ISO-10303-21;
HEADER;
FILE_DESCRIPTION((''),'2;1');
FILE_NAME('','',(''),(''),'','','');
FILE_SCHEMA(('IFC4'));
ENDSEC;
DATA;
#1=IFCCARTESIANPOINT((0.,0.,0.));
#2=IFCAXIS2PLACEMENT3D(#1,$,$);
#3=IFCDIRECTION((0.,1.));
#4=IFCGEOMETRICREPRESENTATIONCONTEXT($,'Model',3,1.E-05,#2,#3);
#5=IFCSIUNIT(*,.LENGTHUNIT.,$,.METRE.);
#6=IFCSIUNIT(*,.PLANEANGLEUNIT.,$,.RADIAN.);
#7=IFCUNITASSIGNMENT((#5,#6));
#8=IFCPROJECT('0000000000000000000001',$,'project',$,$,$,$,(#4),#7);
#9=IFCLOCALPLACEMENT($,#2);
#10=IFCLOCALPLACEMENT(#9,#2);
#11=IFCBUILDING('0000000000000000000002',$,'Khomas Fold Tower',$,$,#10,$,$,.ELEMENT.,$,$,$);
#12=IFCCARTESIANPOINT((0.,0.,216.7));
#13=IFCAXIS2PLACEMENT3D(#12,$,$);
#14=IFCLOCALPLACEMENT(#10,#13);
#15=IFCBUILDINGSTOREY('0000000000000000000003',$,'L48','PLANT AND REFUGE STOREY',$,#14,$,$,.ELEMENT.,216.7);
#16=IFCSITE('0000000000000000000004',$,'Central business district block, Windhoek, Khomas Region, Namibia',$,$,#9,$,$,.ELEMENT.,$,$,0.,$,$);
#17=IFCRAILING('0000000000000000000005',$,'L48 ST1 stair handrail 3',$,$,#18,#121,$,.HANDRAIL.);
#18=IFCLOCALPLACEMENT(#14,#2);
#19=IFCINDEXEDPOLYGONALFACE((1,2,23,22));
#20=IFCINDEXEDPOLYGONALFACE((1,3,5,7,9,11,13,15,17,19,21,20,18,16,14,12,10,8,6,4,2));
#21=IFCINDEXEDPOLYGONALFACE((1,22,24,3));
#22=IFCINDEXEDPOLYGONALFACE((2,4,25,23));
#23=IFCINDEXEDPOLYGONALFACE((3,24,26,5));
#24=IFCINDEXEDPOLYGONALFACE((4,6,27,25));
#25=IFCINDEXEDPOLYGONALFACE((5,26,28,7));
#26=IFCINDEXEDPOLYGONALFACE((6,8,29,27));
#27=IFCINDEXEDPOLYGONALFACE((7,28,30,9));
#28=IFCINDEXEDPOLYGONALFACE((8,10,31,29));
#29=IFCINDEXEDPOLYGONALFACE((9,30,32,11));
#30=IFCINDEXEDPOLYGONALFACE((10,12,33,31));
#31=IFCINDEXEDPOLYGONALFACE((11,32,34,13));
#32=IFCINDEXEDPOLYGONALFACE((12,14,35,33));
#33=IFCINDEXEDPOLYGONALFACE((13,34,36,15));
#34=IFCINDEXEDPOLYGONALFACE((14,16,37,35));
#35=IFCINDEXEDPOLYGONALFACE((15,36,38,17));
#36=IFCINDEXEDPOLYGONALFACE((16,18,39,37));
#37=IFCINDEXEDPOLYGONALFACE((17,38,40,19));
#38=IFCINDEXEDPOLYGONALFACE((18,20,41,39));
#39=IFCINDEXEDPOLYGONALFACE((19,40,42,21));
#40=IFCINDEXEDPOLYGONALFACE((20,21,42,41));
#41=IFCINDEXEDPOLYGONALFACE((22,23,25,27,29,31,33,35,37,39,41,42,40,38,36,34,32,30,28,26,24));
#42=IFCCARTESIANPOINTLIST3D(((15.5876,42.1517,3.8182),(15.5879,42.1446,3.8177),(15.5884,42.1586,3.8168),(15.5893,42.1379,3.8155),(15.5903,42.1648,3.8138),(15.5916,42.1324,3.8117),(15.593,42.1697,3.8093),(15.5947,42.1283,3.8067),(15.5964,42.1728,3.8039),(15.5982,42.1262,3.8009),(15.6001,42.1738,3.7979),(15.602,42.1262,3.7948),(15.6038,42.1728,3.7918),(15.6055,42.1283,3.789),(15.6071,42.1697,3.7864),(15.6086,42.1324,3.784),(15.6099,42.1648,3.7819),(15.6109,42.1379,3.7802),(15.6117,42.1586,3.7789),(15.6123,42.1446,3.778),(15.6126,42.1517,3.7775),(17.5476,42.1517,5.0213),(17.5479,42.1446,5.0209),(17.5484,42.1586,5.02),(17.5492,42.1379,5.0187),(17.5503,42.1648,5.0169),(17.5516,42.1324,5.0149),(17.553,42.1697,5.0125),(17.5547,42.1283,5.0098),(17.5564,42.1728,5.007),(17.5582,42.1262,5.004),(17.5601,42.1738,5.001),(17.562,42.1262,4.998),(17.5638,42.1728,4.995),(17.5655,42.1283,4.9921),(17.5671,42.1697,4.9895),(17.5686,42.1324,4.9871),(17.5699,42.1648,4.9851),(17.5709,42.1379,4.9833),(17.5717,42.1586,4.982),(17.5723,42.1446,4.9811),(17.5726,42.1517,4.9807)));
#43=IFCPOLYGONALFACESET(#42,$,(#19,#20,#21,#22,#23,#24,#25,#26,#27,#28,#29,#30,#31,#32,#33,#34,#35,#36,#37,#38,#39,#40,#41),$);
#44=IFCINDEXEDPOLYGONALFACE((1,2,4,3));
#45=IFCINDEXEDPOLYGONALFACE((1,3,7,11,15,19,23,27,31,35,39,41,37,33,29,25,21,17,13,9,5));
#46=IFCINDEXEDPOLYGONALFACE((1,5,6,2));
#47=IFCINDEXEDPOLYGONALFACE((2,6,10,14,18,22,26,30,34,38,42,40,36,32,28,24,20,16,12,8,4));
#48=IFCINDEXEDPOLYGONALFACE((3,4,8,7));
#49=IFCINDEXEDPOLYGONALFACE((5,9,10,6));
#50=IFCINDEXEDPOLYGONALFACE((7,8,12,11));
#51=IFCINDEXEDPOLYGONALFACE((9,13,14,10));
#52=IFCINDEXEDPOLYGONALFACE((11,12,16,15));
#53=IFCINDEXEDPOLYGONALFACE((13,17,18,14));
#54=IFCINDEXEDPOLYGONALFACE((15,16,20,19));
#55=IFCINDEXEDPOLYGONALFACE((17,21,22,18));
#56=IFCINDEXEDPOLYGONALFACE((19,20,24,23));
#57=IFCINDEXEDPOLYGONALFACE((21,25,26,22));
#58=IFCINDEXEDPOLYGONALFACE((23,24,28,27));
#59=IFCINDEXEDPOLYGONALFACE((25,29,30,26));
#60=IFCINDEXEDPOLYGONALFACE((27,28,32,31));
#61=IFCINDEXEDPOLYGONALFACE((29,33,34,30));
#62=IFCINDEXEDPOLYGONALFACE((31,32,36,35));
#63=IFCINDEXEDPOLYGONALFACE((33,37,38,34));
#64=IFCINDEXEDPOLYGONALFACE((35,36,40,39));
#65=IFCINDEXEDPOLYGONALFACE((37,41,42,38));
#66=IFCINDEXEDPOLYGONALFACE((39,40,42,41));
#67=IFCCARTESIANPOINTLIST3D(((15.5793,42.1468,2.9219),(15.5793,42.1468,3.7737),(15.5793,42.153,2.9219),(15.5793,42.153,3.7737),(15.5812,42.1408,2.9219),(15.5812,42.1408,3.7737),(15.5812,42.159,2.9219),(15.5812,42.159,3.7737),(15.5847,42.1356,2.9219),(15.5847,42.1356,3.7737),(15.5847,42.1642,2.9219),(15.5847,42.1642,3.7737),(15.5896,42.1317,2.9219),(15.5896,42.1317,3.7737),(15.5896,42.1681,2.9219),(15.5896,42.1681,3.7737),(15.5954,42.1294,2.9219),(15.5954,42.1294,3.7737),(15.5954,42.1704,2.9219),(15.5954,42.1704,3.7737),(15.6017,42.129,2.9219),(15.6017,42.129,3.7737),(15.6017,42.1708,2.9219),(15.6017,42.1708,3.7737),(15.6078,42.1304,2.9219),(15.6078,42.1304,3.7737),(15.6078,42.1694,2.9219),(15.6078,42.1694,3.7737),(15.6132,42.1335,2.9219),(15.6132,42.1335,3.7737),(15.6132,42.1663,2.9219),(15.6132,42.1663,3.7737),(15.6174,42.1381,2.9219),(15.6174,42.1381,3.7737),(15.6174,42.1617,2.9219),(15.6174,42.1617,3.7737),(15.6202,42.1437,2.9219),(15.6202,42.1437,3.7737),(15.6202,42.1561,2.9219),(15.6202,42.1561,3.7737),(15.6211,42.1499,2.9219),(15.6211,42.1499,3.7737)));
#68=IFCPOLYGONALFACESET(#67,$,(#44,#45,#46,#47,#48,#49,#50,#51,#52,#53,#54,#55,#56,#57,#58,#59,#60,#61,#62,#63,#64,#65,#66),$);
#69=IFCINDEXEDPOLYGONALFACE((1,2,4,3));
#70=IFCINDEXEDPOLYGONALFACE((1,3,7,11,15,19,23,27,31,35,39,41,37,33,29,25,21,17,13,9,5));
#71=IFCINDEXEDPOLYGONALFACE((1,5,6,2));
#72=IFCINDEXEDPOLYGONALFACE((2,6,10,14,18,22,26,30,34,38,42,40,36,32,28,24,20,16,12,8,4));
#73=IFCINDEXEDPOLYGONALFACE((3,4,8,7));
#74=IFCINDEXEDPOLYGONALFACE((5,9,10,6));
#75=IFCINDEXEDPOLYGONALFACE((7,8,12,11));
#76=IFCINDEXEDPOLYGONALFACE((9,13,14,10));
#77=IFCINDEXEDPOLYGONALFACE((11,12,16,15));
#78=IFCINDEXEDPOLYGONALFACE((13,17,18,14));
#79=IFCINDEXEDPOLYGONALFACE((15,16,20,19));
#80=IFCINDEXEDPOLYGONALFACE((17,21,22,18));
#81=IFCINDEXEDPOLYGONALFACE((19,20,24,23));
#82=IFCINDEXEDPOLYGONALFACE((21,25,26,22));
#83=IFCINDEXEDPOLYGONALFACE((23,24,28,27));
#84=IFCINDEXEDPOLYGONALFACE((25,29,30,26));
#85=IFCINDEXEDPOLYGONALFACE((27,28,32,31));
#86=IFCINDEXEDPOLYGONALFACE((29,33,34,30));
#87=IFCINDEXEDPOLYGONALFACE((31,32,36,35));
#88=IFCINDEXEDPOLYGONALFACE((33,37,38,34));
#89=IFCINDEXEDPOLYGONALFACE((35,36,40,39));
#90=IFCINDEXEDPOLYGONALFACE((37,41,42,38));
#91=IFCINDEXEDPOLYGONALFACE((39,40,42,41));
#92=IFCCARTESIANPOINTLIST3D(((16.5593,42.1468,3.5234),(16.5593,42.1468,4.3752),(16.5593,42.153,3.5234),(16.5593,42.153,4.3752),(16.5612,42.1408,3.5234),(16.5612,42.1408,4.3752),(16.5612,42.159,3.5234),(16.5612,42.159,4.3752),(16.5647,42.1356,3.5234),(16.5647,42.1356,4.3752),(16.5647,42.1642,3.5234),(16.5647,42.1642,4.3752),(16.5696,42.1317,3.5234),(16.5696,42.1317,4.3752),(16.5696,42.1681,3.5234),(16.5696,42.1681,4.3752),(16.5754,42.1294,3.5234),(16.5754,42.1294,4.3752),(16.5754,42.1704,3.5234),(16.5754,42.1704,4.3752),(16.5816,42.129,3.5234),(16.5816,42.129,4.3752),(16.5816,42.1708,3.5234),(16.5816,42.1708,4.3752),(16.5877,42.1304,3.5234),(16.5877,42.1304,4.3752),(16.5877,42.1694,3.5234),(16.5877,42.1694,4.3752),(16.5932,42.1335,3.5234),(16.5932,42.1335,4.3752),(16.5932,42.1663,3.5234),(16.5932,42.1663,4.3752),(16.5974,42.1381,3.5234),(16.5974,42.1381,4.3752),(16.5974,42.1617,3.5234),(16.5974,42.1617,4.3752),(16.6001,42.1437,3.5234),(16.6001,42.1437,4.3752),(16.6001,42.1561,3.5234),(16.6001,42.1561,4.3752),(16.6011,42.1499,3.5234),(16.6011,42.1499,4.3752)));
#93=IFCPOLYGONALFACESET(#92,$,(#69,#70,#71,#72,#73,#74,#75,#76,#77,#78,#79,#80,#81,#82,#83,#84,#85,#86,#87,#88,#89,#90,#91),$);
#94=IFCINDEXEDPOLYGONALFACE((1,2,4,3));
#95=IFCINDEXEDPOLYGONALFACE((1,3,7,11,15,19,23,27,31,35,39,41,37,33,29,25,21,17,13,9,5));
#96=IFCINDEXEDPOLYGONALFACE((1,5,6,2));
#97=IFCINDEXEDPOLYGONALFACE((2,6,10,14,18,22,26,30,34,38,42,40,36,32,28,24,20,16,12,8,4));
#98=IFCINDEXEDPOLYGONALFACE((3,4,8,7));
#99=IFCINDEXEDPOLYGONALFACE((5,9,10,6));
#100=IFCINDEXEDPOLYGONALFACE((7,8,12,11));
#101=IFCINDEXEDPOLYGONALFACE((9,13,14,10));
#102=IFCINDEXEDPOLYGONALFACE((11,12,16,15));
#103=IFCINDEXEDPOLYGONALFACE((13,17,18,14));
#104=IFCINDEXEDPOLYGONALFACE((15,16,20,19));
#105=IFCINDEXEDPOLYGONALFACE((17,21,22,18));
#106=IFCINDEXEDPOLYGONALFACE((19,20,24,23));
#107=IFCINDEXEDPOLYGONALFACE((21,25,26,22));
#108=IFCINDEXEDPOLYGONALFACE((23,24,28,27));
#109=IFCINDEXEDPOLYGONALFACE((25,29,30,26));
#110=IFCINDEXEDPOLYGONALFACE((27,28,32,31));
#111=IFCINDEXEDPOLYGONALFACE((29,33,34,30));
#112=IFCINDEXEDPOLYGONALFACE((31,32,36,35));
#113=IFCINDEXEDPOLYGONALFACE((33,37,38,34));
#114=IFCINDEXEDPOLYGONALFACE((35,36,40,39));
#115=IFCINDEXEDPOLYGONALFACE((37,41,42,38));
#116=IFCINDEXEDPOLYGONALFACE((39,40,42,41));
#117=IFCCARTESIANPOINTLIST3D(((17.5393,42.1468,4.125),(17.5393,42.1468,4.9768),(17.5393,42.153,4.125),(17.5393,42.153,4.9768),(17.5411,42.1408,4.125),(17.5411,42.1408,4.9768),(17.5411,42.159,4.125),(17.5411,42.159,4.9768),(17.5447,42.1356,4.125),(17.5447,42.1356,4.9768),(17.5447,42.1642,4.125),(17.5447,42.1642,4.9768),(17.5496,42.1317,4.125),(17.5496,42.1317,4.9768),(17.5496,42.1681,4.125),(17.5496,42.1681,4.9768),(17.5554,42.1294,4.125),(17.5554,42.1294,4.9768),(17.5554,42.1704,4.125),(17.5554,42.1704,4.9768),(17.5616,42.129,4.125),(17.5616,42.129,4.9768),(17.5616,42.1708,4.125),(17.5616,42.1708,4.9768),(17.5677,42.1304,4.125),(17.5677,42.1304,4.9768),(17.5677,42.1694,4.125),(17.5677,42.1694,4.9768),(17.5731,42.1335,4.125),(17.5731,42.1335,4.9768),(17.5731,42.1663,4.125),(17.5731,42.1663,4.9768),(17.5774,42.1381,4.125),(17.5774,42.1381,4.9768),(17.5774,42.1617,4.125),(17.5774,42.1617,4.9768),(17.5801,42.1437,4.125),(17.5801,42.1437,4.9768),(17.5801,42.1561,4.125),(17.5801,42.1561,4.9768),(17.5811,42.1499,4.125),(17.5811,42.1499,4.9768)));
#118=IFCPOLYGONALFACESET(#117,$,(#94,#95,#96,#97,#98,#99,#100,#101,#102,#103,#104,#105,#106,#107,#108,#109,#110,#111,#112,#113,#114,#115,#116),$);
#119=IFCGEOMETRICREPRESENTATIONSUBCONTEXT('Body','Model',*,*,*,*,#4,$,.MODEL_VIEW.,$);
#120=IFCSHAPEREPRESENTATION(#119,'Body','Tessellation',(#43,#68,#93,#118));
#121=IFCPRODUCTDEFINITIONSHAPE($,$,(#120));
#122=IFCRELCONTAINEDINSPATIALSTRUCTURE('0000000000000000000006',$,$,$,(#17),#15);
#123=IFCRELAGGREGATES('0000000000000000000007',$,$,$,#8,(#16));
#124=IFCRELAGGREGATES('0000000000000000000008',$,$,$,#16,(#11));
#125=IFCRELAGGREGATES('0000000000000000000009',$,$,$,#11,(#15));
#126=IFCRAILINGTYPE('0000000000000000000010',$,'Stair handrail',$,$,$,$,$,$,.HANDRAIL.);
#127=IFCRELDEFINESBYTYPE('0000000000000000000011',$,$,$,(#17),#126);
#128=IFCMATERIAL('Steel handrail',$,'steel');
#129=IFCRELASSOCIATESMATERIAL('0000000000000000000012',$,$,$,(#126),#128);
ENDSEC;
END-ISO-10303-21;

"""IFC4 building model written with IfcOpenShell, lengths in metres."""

from ifc_helpers import new_model, si_unit, direction, frame, origin, origin_2d, place, context, subcontext, project, spatial, circle, extrude, source, transform, mapped, material, type_object, element, save


model = new_model("IFC4")

# Units and contexts
model_context = context("Model", 3, precision=1e-05, world=origin(), true_north=direction((0.0, 1.0)))
body_context = subcontext(model_context, "Body", "Model", "MODEL_VIEW")
ifc_project = project(units=[si_unit("LENGTHUNIT", "METRE"), si_unit("PLANEANGLEUNIT", "RADIAN")], contexts=[model_context])

# Site, building, storey
site_placement = place(None, origin())
site = spatial("IfcSite", under=ifc_project, at=site_placement, Name="Central business district block, Windhoek, Khomas Region, Namibia", CompositionType="ELEMENT", RefElevation=0.0)
building_placement = place(site_placement, origin())
building = spatial("IfcBuilding", under=site, at=building_placement, Name="Khomas Fold Tower", CompositionType="ELEMENT")
storey_placement = place(building_placement, frame((0.0, 0.0, 216.7)))
storey = spatial("IfcBuildingStorey", under=building, at=storey_placement, Name="L48", Description="PLANT AND REFUGE STOREY", CompositionType="ELEMENT", Elevation=216.7)

# Railing
ifc_material_1 = material(Name="Steel handrail", Category="steel")
railing_type_1 = type_object("IfcRailingType", Name="Stair handrail", PredefinedType="HANDRAIL", material=ifc_material_1)
shared_shape_1 = source(origin(), body_context, "Body", "SweptSolid", [
    extrude(circle(Radius=0.0239, at=origin_2d()), frame((0.0, 0.0, 0.876), z_axis=(0.852241, 0.0, 0.523149), x_axis=(0.0, 1.0, 0.0)), (0.0, 0.0, 1.0), 2.2998),
    extrude(circle(Radius=0.021, at=origin_2d()), origin(), (0.0, 0.0, 1.0), 0.8518),
    extrude(circle(Radius=0.021, at=origin_2d()), frame((0.98, 0.0, 0.6016)), (0.0, 0.0, 1.0), 0.8518),
    extrude(circle(Radius=0.021, at=origin_2d()), frame((1.96, 0.0, 1.2031)), (0.0, 0.0, 1.0), 0.8518),
])
for number, where, name in (
    (1, (15.6001, 42.1499, 2.9219), "L48 ST1 stair handrail 3"),
):
    element("IfcRailing", number, at=place(storey_placement, frame(where)), inside=storey, type_object=railing_type_1, Name=name, PredefinedType="HANDRAIL", context=body_context, shape_type="MappedRepresentation", body=[
        mapped(shared_shape_1, transform((0.0, 0.0, 0.0))),
    ])

save(model, "model.ifc")
